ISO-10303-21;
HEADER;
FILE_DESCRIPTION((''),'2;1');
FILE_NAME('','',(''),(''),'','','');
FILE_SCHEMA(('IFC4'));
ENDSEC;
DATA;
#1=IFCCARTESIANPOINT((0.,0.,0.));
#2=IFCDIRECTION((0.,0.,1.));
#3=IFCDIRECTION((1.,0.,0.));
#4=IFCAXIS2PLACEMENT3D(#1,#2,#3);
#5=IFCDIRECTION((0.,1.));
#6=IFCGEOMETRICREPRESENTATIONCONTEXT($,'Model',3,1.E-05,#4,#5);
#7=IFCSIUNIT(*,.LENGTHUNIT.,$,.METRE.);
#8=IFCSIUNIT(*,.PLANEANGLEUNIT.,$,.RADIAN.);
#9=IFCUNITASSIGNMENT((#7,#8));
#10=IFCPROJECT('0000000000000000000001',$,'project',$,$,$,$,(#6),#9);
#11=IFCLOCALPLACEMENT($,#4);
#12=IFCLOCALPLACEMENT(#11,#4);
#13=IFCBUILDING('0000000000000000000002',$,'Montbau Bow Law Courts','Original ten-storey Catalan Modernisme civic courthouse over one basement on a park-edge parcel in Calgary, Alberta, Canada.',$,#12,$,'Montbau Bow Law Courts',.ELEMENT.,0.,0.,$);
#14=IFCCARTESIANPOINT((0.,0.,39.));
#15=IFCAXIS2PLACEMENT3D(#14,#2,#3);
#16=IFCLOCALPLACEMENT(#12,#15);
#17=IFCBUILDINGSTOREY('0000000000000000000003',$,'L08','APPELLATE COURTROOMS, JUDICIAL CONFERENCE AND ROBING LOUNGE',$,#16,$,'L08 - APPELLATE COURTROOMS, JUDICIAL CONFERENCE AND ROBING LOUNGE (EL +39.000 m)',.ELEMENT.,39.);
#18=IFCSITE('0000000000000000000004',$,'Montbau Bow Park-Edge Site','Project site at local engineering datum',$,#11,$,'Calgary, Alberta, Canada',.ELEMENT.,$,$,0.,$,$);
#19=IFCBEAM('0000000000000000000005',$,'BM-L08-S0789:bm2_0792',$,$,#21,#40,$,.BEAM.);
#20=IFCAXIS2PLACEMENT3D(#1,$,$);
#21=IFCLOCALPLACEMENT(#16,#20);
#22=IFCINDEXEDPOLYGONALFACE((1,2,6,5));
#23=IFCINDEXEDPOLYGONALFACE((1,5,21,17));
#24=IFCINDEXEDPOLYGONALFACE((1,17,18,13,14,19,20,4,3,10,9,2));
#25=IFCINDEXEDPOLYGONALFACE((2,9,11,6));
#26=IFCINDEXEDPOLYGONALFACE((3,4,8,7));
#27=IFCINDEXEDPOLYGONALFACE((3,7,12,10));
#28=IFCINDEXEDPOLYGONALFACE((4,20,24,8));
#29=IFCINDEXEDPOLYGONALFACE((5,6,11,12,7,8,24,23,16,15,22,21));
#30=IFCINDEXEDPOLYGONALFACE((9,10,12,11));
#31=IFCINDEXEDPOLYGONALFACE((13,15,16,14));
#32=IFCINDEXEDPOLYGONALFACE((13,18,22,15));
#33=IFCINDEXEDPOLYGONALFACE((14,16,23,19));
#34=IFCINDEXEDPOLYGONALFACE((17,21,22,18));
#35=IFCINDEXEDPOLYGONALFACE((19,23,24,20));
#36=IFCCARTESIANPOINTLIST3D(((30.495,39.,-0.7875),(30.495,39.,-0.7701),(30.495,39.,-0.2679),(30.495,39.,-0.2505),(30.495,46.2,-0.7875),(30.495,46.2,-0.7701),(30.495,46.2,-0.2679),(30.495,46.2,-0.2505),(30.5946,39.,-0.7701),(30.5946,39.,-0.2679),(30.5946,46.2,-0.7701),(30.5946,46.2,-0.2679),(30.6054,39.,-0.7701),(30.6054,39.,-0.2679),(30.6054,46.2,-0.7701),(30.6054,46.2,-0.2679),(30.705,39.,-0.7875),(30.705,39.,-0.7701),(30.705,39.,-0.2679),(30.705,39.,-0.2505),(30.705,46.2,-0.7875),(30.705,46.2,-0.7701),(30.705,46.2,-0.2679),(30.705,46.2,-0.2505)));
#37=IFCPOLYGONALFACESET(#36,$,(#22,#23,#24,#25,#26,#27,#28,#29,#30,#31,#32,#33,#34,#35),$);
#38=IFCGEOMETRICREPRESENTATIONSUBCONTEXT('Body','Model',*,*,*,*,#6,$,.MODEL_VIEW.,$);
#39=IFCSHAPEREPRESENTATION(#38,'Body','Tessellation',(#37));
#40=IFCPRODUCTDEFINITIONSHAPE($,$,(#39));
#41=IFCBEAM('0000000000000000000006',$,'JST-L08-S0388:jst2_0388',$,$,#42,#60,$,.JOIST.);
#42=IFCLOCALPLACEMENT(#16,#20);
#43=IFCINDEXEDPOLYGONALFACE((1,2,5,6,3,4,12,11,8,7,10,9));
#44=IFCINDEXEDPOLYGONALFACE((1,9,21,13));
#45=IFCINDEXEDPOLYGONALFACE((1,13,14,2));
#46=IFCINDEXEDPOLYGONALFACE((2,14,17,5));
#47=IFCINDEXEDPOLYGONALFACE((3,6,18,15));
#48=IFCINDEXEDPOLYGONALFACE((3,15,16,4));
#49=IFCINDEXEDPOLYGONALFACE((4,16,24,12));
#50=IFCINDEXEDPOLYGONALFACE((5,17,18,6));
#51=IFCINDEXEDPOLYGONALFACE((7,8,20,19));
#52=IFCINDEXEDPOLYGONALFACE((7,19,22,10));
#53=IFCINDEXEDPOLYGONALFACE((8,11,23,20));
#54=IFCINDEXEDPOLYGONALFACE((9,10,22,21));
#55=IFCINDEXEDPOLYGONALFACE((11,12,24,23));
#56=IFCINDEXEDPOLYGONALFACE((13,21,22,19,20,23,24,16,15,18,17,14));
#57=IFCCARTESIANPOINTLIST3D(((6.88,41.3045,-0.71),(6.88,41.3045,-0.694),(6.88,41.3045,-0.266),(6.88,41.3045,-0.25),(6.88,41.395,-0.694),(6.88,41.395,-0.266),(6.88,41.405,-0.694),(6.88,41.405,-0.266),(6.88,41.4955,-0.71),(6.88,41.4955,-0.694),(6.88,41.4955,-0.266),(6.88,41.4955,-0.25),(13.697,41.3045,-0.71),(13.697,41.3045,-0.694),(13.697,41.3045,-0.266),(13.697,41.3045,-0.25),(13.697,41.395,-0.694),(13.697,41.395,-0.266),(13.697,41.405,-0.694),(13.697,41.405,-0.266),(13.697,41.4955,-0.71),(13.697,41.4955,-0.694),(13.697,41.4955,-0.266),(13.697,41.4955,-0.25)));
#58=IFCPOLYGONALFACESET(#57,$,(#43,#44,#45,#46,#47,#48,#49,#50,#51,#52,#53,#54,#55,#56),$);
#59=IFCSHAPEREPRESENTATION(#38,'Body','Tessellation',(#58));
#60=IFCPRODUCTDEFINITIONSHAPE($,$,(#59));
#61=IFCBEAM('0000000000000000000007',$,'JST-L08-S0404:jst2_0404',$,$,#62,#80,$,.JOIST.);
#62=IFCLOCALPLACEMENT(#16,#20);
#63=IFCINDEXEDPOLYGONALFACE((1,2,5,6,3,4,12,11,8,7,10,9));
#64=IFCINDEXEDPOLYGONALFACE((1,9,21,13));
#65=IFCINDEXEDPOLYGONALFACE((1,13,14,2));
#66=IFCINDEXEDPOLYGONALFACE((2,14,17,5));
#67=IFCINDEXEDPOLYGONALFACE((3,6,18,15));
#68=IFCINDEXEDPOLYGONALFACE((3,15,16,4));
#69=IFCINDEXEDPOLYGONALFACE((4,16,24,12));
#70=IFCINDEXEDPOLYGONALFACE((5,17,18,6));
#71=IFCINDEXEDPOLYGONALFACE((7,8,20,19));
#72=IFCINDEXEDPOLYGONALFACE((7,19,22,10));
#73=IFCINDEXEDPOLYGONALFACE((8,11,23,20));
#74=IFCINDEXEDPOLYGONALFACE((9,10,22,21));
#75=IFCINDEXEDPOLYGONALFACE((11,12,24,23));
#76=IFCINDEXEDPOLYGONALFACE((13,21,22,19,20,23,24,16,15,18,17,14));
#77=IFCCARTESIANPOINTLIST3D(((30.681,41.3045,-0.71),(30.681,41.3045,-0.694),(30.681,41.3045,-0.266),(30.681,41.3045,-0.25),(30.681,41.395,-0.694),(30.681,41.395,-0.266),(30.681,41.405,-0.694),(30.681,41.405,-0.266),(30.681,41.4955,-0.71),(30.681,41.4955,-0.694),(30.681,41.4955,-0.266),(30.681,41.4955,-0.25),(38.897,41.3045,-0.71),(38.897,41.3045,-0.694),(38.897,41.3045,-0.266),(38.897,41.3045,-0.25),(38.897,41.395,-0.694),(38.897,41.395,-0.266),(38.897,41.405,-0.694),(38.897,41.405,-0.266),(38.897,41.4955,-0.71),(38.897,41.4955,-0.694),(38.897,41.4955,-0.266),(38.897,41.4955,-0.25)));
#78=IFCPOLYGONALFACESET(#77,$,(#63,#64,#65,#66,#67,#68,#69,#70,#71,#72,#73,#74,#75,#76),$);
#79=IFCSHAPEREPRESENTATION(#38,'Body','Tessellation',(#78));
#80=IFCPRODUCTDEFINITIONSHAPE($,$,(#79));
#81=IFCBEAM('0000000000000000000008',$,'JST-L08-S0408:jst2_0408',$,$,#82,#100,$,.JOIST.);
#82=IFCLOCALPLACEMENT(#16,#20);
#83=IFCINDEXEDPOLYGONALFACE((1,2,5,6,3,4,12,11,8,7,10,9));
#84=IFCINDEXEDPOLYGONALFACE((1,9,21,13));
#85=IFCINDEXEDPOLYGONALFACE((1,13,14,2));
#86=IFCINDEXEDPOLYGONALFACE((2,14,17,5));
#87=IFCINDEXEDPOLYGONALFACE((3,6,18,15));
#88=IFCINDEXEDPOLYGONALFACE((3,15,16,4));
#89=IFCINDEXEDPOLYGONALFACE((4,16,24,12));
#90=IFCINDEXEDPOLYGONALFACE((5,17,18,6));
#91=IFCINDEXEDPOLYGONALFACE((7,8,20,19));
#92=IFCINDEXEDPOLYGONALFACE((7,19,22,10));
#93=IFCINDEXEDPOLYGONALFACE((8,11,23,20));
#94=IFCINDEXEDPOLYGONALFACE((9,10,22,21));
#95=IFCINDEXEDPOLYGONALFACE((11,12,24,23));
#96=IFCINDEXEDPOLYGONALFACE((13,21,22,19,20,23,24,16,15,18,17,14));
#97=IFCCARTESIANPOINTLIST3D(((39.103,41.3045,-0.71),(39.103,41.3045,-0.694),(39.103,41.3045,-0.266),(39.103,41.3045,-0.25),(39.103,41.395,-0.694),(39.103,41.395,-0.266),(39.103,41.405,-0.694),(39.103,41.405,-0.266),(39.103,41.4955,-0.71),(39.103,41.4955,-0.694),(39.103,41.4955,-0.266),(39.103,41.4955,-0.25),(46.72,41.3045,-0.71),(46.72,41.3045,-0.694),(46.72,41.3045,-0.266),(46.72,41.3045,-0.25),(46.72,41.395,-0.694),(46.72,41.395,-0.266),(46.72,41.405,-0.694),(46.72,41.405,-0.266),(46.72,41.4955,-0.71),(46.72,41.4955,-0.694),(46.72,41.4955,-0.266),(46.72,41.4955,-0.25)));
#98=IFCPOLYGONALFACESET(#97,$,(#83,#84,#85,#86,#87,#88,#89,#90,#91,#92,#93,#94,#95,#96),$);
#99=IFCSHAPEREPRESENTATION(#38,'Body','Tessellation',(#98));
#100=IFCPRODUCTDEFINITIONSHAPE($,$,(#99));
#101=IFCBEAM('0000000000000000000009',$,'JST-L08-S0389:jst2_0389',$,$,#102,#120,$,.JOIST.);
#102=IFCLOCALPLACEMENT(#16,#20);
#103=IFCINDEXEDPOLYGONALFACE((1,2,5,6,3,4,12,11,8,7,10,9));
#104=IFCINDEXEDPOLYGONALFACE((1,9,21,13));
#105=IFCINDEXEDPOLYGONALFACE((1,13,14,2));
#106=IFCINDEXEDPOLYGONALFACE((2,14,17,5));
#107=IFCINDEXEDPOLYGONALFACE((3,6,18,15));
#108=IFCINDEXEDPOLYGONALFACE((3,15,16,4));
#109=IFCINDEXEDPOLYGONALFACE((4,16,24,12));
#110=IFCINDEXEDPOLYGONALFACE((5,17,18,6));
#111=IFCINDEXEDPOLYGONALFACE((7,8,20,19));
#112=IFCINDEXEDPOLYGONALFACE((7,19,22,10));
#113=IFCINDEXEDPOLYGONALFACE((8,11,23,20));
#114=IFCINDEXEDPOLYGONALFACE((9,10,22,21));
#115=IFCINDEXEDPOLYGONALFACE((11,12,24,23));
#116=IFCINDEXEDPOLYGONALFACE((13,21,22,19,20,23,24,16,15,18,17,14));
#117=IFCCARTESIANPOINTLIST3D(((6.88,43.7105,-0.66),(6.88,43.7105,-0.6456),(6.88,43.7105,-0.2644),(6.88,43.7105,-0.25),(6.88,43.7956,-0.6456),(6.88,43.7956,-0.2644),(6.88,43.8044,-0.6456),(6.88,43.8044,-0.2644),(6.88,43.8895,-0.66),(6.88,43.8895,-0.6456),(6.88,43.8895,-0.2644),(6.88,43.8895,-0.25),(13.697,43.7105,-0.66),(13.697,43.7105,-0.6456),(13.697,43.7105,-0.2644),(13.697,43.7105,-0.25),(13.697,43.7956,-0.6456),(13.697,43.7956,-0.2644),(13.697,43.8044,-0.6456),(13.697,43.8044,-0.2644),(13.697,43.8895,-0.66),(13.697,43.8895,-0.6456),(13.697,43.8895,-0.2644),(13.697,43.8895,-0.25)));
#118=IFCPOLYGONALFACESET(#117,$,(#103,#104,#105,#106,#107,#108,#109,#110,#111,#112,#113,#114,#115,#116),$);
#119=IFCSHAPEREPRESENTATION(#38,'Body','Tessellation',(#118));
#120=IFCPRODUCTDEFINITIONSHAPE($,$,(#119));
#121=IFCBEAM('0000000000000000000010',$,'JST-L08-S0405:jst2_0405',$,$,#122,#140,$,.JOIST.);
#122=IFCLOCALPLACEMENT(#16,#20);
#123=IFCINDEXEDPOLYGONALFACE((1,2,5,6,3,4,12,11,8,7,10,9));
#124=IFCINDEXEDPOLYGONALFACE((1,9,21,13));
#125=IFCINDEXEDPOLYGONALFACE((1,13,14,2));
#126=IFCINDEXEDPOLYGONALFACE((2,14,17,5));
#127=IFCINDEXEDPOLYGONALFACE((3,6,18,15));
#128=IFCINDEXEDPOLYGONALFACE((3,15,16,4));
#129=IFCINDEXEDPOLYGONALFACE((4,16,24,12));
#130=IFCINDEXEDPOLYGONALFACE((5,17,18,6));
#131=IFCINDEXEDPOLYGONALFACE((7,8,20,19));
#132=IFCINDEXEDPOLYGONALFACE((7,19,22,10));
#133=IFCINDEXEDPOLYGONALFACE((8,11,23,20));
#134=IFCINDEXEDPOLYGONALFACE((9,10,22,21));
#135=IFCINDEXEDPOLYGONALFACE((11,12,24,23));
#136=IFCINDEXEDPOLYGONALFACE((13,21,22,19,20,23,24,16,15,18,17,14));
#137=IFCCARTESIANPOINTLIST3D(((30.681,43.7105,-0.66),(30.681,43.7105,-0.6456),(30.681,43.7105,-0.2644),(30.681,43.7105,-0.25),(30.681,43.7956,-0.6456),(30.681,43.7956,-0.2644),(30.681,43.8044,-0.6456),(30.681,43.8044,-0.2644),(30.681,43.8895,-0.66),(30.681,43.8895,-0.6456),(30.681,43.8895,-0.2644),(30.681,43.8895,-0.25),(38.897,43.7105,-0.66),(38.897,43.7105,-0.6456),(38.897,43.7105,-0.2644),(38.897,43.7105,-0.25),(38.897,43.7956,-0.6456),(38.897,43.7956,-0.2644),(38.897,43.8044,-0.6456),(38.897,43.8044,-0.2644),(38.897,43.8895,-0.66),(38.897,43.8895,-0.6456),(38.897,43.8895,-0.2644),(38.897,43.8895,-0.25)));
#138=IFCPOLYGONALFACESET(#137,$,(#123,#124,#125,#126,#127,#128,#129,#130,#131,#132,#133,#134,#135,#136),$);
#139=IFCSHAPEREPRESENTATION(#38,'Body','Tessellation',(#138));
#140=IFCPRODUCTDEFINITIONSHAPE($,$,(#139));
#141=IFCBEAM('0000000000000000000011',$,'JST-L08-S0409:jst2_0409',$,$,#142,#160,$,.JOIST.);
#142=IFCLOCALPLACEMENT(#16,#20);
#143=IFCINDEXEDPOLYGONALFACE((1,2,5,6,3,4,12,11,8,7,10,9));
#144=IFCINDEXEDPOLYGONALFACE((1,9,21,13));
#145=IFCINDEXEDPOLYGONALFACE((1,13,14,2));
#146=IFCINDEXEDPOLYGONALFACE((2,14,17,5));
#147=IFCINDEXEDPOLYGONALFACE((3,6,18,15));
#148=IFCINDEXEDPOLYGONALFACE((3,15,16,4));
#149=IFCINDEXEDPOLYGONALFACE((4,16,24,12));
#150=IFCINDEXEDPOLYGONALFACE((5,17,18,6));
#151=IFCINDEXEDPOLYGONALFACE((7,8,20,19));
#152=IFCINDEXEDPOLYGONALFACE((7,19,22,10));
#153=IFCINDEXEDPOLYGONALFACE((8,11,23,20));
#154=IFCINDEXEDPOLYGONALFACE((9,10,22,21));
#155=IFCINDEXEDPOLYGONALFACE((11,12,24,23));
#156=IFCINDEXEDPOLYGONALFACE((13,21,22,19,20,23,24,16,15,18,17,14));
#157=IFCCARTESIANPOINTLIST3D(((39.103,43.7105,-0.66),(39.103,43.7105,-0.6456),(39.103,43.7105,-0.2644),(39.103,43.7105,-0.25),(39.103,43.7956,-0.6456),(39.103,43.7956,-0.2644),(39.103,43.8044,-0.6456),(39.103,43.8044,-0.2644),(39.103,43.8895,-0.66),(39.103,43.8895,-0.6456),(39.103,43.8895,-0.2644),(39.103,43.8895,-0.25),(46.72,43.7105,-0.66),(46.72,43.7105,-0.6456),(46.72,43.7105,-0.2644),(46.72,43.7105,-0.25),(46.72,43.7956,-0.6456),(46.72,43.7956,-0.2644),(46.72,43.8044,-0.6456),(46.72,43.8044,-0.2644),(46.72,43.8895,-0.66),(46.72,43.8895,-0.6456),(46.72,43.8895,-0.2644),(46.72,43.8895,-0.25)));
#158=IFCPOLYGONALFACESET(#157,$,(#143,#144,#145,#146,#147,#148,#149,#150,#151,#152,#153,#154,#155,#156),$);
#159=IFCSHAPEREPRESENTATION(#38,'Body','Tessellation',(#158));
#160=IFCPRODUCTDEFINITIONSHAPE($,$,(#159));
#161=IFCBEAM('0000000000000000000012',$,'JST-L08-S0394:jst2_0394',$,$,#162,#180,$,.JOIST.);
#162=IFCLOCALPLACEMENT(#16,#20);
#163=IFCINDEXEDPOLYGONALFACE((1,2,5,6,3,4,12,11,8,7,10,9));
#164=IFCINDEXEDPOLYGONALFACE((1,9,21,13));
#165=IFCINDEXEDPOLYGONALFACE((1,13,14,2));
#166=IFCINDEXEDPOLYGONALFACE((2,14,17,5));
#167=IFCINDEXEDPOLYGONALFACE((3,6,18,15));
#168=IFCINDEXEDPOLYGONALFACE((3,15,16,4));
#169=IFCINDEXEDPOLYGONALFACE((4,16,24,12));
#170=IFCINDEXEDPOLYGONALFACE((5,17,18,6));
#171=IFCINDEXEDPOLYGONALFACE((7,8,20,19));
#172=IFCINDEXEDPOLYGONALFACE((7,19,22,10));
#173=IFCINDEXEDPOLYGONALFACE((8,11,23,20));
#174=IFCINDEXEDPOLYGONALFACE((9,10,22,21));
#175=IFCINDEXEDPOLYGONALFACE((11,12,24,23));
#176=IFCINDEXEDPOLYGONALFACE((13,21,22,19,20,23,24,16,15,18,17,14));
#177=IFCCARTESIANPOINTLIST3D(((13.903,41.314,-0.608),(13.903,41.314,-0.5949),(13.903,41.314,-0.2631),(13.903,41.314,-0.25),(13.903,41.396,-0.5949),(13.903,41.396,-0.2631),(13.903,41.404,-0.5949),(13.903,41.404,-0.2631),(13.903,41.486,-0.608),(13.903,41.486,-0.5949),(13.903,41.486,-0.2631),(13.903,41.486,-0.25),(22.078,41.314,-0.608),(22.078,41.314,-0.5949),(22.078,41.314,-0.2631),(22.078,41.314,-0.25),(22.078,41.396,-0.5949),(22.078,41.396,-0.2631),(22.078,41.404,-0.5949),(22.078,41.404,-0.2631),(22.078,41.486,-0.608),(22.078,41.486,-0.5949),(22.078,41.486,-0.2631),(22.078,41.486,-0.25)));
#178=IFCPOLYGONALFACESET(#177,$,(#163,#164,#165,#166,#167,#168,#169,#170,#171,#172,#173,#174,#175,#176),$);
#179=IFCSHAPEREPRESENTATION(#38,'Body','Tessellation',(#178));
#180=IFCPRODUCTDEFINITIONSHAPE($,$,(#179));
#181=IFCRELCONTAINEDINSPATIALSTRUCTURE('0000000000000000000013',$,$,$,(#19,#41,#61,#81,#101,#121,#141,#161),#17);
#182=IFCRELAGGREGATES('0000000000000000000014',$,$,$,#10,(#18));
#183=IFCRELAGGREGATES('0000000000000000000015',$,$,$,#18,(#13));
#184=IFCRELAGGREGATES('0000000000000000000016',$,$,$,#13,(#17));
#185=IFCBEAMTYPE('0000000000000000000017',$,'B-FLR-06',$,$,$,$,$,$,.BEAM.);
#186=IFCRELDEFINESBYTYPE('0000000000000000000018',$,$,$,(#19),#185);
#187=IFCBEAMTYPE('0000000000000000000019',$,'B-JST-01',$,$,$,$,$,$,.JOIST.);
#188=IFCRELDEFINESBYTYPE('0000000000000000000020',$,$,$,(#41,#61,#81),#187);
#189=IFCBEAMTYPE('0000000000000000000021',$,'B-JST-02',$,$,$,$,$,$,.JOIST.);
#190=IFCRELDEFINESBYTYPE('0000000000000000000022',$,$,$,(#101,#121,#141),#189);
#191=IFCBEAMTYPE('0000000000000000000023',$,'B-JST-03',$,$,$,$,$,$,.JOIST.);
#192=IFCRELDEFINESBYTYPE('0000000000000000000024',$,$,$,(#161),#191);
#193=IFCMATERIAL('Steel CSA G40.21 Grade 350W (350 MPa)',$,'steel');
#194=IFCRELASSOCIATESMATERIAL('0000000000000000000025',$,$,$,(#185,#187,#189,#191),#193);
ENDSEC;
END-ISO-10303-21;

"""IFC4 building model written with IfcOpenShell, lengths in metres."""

from ifc_helpers import new_model, si_unit, direction, frame, origin_with_axes, origin_2d_with_axis, place, context, subcontext, project, spatial, i_section, extrude, material, material_profile, profile_set, type_object, element, save


model = new_model("IFC4")

# Units and contexts
model_context = context("Model", 3, precision=1e-05, world=origin_with_axes(), true_north=direction((0.0, 1.0)))
body_context = subcontext(model_context, "Body", "Model", "MODEL_VIEW")
ifc_project = project(units=[si_unit("LENGTHUNIT", "METRE"), si_unit("PLANEANGLEUNIT", "RADIAN")], contexts=[model_context])

# Site, building, storey
site_placement = place(None, origin_with_axes())
site = spatial("IfcSite", under=ifc_project, at=site_placement, Name="Montbau Bow Park-Edge Site", Description="Project site at local engineering datum", LongName="Calgary, Alberta, Canada", CompositionType="ELEMENT", RefElevation=0.0)
building_placement = place(site_placement, origin_with_axes())
building = spatial("IfcBuilding", under=site, at=building_placement, Name="Montbau Bow Law Courts", Description="Original ten-storey Catalan Modernisme civic courthouse over one basement on a park-edge parcel in Calgary, Alberta, Canada.", LongName="Montbau Bow Law Courts", CompositionType="ELEMENT", ElevationOfRefHeight=0.0, ElevationOfTerrain=0.0)
storey_placement = place(building_placement, frame((0.0, 0.0, 39.0), z_axis=(0.0, 0.0, 1.0), x_axis=(1.0, 0.0, 0.0)))
storey = spatial("IfcBuildingStorey", under=building, at=storey_placement, Name="L08", Description="APPELLATE COURTROOMS, JUDICIAL CONFERENCE AND ROBING LOUNGE", LongName="L08 - APPELLATE COURTROOMS, JUDICIAL CONFERENCE AND ROBING LOUNGE (EL +39.000 m)", CompositionType="ELEMENT", Elevation=39.0)

# Beams
ifc_material_1 = material(Name="Steel CSA G40.21 Grade 350W (350 MPa)", Category="steel")
ifc_material_profile_1 = material_profile(ifc_material_1, i_section(OverallWidth=0.21, OverallDepth=0.537, WebThickness=0.0109, FlangeThickness=0.0174, at=origin_2d_with_axis()), Name="W530X101", Category="Main", Priority=0)
ifc_profile_set_1 = profile_set([ifc_material_profile_1], Name="Steel CSA G40.21 Grade 350W (350 MPa)")
beam_type_1 = type_object("IfcBeamType", Name="B-FLR-06", PredefinedType="BEAM", material=ifc_profile_set_1)
beam_1_placement = place(None, frame((30.6, 39.0, 38.481), z_axis=(0.0, 1.0, 0.0), x_axis=(-1.0, 0.0, 0.0)))
element("IfcBeam", 1, at=beam_1_placement, inside=storey, type_object=beam_type_1, Name="BM-L08-S0789:bm2_0792", PredefinedType="BEAM", context=body_context, shape_type="SweptSolid", body=[
    extrude(i_section(OverallWidth=0.21, OverallDepth=0.537, WebThickness=0.0109, FlangeThickness=0.0174, at=origin_2d_with_axis()), origin_with_axes(), (0.0, 0.0, 1.0), 7.2),
])
ifc_material_profile_2 = material_profile(ifc_material_1, i_section(OverallWidth=0.191, OverallDepth=0.46, WebThickness=0.0099, FlangeThickness=0.016, at=origin_2d_with_axis()), Name="W460X82", Category="Main", Priority=0)
ifc_profile_set_2 = profile_set([ifc_material_profile_2], Name="Steel CSA G40.21 Grade 350W (350 MPa)")
beam_type_2 = type_object("IfcBeamType", Name="B-JST-01", PredefinedType="JOIST", material=ifc_profile_set_2)
beam_2_placement = place(None, frame((6.88, 41.4, 38.52), z_axis=(1.0, 0.0, 0.0), x_axis=(0.0, 1.0, 0.0)))
element("IfcBeam", 2, at=beam_2_placement, inside=storey, type_object=beam_type_2, Name="JST-L08-S0388:jst2_0388", PredefinedType="JOIST", context=body_context, shape_type="SweptSolid", body=[
    extrude(i_section(OverallWidth=0.191, OverallDepth=0.46, WebThickness=0.0099, FlangeThickness=0.016, at=origin_2d_with_axis()), origin_with_axes(), (0.0, 0.0, 1.0), 6.817),
])
beam_3_placement = place(None, frame((30.681, 41.4, 38.52), z_axis=(1.0, 0.0, 0.0), x_axis=(0.0, 1.0, 0.0)))
element("IfcBeam", 3, at=beam_3_placement, inside=storey, type_object=beam_type_2, Name="JST-L08-S0404:jst2_0404", PredefinedType="JOIST", context=body_context, shape_type="SweptSolid", body=[
    extrude(i_section(OverallWidth=0.191, OverallDepth=0.46, WebThickness=0.0099, FlangeThickness=0.016, at=origin_2d_with_axis()), origin_with_axes(), (0.0, 0.0, 1.0), 8.216),
])
beam_4_placement = place(None, frame((39.103, 41.4, 38.52), z_axis=(1.0, 0.0, 0.0), x_axis=(0.0, 1.0, 0.0)))
element("IfcBeam", 4, at=beam_4_placement, inside=storey, type_object=beam_type_2, Name="JST-L08-S0408:jst2_0408", PredefinedType="JOIST", context=body_context, shape_type="SweptSolid", body=[
    extrude(i_section(OverallWidth=0.191, OverallDepth=0.46, WebThickness=0.0099, FlangeThickness=0.016, at=origin_2d_with_axis()), origin_with_axes(), (0.0, 0.0, 1.0), 7.617),
])
ifc_material_profile_3 = material_profile(ifc_material_1, i_section(OverallWidth=0.179, OverallDepth=0.41, WebThickness=0.0088, FlangeThickness=0.0144, at=origin_2d_with_axis()), Name="W410X67", Category="Main", Priority=0)
ifc_profile_set_3 = profile_set([ifc_material_profile_3], Name="Steel CSA G40.21 Grade 350W (350 MPa)")
beam_type_3 = type_object("IfcBeamType", Name="B-JST-02", PredefinedType="JOIST", material=ifc_profile_set_3)
beam_5_placement = place(None, frame((6.88, 43.8, 38.545), z_axis=(1.0, 0.0, 0.0), x_axis=(0.0, 1.0, 0.0)))
element("IfcBeam", 5, at=beam_5_placement, inside=storey, type_object=beam_type_3, Name="JST-L08-S0389:jst2_0389", PredefinedType="JOIST", context=body_context, shape_type="SweptSolid", body=[
    extrude(i_section(OverallWidth=0.179, OverallDepth=0.41, WebThickness=0.0088, FlangeThickness=0.0144, at=origin_2d_with_axis()), origin_with_axes(), (0.0, 0.0, 1.0), 6.817),
])
beam_6_placement = place(None, frame((30.681, 43.8, 38.545), z_axis=(1.0, 0.0, 0.0), x_axis=(0.0, 1.0, 0.0)))
element("IfcBeam", 6, at=beam_6_placement, inside=storey, type_object=beam_type_3, Name="JST-L08-S0405:jst2_0405", PredefinedType="JOIST", context=body_context, shape_type="SweptSolid", body=[
    extrude(i_section(OverallWidth=0.179, OverallDepth=0.41, WebThickness=0.0088, FlangeThickness=0.0144, at=origin_2d_with_axis()), origin_with_axes(), (0.0, 0.0, 1.0), 8.216),
])
beam_7_placement = place(None, frame((39.103, 43.8, 38.545), z_axis=(1.0, 0.0, 0.0), x_axis=(0.0, 1.0, 0.0)))
element("IfcBeam", 7, at=beam_7_placement, inside=storey, type_object=beam_type_3, Name="JST-L08-S0409:jst2_0409", PredefinedType="JOIST", context=body_context, shape_type="SweptSolid", body=[
    extrude(i_section(OverallWidth=0.179, OverallDepth=0.41, WebThickness=0.0088, FlangeThickness=0.0144, at=origin_2d_with_axis()), origin_with_axes(), (0.0, 0.0, 1.0), 7.617),
])
ifc_material_profile_4 = material_profile(ifc_material_1, i_section(OverallWidth=0.172, OverallDepth=0.358, WebThickness=0.0079, FlangeThickness=0.0131, at=origin_2d_with_axis()), Name="W360X57", Category="Main", Priority=0)
ifc_profile_set_4 = profile_set([ifc_material_profile_4], Name="Steel CSA G40.21 Grade 350W (350 MPa)")
beam_type_4 = type_object("IfcBeamType", Name="B-JST-03", PredefinedType="JOIST", material=ifc_profile_set_4)
beam_8_placement = place(None, frame((13.903, 41.4, 38.571), z_axis=(1.0, 0.0, 0.0), x_axis=(0.0, 1.0, 0.0)))
element("IfcBeam", 8, at=beam_8_placement, inside=storey, type_object=beam_type_4, Name="JST-L08-S0394:jst2_0394", PredefinedType="JOIST", context=body_context, shape_type="SweptSolid", body=[
    extrude(i_section(OverallWidth=0.172, OverallDepth=0.358, WebThickness=0.0079, FlangeThickness=0.0131, at=origin_2d_with_axis()), origin_with_axes(), (0.0, 0.0, 1.0), 8.175),
])

save(model, "model.ifc")
